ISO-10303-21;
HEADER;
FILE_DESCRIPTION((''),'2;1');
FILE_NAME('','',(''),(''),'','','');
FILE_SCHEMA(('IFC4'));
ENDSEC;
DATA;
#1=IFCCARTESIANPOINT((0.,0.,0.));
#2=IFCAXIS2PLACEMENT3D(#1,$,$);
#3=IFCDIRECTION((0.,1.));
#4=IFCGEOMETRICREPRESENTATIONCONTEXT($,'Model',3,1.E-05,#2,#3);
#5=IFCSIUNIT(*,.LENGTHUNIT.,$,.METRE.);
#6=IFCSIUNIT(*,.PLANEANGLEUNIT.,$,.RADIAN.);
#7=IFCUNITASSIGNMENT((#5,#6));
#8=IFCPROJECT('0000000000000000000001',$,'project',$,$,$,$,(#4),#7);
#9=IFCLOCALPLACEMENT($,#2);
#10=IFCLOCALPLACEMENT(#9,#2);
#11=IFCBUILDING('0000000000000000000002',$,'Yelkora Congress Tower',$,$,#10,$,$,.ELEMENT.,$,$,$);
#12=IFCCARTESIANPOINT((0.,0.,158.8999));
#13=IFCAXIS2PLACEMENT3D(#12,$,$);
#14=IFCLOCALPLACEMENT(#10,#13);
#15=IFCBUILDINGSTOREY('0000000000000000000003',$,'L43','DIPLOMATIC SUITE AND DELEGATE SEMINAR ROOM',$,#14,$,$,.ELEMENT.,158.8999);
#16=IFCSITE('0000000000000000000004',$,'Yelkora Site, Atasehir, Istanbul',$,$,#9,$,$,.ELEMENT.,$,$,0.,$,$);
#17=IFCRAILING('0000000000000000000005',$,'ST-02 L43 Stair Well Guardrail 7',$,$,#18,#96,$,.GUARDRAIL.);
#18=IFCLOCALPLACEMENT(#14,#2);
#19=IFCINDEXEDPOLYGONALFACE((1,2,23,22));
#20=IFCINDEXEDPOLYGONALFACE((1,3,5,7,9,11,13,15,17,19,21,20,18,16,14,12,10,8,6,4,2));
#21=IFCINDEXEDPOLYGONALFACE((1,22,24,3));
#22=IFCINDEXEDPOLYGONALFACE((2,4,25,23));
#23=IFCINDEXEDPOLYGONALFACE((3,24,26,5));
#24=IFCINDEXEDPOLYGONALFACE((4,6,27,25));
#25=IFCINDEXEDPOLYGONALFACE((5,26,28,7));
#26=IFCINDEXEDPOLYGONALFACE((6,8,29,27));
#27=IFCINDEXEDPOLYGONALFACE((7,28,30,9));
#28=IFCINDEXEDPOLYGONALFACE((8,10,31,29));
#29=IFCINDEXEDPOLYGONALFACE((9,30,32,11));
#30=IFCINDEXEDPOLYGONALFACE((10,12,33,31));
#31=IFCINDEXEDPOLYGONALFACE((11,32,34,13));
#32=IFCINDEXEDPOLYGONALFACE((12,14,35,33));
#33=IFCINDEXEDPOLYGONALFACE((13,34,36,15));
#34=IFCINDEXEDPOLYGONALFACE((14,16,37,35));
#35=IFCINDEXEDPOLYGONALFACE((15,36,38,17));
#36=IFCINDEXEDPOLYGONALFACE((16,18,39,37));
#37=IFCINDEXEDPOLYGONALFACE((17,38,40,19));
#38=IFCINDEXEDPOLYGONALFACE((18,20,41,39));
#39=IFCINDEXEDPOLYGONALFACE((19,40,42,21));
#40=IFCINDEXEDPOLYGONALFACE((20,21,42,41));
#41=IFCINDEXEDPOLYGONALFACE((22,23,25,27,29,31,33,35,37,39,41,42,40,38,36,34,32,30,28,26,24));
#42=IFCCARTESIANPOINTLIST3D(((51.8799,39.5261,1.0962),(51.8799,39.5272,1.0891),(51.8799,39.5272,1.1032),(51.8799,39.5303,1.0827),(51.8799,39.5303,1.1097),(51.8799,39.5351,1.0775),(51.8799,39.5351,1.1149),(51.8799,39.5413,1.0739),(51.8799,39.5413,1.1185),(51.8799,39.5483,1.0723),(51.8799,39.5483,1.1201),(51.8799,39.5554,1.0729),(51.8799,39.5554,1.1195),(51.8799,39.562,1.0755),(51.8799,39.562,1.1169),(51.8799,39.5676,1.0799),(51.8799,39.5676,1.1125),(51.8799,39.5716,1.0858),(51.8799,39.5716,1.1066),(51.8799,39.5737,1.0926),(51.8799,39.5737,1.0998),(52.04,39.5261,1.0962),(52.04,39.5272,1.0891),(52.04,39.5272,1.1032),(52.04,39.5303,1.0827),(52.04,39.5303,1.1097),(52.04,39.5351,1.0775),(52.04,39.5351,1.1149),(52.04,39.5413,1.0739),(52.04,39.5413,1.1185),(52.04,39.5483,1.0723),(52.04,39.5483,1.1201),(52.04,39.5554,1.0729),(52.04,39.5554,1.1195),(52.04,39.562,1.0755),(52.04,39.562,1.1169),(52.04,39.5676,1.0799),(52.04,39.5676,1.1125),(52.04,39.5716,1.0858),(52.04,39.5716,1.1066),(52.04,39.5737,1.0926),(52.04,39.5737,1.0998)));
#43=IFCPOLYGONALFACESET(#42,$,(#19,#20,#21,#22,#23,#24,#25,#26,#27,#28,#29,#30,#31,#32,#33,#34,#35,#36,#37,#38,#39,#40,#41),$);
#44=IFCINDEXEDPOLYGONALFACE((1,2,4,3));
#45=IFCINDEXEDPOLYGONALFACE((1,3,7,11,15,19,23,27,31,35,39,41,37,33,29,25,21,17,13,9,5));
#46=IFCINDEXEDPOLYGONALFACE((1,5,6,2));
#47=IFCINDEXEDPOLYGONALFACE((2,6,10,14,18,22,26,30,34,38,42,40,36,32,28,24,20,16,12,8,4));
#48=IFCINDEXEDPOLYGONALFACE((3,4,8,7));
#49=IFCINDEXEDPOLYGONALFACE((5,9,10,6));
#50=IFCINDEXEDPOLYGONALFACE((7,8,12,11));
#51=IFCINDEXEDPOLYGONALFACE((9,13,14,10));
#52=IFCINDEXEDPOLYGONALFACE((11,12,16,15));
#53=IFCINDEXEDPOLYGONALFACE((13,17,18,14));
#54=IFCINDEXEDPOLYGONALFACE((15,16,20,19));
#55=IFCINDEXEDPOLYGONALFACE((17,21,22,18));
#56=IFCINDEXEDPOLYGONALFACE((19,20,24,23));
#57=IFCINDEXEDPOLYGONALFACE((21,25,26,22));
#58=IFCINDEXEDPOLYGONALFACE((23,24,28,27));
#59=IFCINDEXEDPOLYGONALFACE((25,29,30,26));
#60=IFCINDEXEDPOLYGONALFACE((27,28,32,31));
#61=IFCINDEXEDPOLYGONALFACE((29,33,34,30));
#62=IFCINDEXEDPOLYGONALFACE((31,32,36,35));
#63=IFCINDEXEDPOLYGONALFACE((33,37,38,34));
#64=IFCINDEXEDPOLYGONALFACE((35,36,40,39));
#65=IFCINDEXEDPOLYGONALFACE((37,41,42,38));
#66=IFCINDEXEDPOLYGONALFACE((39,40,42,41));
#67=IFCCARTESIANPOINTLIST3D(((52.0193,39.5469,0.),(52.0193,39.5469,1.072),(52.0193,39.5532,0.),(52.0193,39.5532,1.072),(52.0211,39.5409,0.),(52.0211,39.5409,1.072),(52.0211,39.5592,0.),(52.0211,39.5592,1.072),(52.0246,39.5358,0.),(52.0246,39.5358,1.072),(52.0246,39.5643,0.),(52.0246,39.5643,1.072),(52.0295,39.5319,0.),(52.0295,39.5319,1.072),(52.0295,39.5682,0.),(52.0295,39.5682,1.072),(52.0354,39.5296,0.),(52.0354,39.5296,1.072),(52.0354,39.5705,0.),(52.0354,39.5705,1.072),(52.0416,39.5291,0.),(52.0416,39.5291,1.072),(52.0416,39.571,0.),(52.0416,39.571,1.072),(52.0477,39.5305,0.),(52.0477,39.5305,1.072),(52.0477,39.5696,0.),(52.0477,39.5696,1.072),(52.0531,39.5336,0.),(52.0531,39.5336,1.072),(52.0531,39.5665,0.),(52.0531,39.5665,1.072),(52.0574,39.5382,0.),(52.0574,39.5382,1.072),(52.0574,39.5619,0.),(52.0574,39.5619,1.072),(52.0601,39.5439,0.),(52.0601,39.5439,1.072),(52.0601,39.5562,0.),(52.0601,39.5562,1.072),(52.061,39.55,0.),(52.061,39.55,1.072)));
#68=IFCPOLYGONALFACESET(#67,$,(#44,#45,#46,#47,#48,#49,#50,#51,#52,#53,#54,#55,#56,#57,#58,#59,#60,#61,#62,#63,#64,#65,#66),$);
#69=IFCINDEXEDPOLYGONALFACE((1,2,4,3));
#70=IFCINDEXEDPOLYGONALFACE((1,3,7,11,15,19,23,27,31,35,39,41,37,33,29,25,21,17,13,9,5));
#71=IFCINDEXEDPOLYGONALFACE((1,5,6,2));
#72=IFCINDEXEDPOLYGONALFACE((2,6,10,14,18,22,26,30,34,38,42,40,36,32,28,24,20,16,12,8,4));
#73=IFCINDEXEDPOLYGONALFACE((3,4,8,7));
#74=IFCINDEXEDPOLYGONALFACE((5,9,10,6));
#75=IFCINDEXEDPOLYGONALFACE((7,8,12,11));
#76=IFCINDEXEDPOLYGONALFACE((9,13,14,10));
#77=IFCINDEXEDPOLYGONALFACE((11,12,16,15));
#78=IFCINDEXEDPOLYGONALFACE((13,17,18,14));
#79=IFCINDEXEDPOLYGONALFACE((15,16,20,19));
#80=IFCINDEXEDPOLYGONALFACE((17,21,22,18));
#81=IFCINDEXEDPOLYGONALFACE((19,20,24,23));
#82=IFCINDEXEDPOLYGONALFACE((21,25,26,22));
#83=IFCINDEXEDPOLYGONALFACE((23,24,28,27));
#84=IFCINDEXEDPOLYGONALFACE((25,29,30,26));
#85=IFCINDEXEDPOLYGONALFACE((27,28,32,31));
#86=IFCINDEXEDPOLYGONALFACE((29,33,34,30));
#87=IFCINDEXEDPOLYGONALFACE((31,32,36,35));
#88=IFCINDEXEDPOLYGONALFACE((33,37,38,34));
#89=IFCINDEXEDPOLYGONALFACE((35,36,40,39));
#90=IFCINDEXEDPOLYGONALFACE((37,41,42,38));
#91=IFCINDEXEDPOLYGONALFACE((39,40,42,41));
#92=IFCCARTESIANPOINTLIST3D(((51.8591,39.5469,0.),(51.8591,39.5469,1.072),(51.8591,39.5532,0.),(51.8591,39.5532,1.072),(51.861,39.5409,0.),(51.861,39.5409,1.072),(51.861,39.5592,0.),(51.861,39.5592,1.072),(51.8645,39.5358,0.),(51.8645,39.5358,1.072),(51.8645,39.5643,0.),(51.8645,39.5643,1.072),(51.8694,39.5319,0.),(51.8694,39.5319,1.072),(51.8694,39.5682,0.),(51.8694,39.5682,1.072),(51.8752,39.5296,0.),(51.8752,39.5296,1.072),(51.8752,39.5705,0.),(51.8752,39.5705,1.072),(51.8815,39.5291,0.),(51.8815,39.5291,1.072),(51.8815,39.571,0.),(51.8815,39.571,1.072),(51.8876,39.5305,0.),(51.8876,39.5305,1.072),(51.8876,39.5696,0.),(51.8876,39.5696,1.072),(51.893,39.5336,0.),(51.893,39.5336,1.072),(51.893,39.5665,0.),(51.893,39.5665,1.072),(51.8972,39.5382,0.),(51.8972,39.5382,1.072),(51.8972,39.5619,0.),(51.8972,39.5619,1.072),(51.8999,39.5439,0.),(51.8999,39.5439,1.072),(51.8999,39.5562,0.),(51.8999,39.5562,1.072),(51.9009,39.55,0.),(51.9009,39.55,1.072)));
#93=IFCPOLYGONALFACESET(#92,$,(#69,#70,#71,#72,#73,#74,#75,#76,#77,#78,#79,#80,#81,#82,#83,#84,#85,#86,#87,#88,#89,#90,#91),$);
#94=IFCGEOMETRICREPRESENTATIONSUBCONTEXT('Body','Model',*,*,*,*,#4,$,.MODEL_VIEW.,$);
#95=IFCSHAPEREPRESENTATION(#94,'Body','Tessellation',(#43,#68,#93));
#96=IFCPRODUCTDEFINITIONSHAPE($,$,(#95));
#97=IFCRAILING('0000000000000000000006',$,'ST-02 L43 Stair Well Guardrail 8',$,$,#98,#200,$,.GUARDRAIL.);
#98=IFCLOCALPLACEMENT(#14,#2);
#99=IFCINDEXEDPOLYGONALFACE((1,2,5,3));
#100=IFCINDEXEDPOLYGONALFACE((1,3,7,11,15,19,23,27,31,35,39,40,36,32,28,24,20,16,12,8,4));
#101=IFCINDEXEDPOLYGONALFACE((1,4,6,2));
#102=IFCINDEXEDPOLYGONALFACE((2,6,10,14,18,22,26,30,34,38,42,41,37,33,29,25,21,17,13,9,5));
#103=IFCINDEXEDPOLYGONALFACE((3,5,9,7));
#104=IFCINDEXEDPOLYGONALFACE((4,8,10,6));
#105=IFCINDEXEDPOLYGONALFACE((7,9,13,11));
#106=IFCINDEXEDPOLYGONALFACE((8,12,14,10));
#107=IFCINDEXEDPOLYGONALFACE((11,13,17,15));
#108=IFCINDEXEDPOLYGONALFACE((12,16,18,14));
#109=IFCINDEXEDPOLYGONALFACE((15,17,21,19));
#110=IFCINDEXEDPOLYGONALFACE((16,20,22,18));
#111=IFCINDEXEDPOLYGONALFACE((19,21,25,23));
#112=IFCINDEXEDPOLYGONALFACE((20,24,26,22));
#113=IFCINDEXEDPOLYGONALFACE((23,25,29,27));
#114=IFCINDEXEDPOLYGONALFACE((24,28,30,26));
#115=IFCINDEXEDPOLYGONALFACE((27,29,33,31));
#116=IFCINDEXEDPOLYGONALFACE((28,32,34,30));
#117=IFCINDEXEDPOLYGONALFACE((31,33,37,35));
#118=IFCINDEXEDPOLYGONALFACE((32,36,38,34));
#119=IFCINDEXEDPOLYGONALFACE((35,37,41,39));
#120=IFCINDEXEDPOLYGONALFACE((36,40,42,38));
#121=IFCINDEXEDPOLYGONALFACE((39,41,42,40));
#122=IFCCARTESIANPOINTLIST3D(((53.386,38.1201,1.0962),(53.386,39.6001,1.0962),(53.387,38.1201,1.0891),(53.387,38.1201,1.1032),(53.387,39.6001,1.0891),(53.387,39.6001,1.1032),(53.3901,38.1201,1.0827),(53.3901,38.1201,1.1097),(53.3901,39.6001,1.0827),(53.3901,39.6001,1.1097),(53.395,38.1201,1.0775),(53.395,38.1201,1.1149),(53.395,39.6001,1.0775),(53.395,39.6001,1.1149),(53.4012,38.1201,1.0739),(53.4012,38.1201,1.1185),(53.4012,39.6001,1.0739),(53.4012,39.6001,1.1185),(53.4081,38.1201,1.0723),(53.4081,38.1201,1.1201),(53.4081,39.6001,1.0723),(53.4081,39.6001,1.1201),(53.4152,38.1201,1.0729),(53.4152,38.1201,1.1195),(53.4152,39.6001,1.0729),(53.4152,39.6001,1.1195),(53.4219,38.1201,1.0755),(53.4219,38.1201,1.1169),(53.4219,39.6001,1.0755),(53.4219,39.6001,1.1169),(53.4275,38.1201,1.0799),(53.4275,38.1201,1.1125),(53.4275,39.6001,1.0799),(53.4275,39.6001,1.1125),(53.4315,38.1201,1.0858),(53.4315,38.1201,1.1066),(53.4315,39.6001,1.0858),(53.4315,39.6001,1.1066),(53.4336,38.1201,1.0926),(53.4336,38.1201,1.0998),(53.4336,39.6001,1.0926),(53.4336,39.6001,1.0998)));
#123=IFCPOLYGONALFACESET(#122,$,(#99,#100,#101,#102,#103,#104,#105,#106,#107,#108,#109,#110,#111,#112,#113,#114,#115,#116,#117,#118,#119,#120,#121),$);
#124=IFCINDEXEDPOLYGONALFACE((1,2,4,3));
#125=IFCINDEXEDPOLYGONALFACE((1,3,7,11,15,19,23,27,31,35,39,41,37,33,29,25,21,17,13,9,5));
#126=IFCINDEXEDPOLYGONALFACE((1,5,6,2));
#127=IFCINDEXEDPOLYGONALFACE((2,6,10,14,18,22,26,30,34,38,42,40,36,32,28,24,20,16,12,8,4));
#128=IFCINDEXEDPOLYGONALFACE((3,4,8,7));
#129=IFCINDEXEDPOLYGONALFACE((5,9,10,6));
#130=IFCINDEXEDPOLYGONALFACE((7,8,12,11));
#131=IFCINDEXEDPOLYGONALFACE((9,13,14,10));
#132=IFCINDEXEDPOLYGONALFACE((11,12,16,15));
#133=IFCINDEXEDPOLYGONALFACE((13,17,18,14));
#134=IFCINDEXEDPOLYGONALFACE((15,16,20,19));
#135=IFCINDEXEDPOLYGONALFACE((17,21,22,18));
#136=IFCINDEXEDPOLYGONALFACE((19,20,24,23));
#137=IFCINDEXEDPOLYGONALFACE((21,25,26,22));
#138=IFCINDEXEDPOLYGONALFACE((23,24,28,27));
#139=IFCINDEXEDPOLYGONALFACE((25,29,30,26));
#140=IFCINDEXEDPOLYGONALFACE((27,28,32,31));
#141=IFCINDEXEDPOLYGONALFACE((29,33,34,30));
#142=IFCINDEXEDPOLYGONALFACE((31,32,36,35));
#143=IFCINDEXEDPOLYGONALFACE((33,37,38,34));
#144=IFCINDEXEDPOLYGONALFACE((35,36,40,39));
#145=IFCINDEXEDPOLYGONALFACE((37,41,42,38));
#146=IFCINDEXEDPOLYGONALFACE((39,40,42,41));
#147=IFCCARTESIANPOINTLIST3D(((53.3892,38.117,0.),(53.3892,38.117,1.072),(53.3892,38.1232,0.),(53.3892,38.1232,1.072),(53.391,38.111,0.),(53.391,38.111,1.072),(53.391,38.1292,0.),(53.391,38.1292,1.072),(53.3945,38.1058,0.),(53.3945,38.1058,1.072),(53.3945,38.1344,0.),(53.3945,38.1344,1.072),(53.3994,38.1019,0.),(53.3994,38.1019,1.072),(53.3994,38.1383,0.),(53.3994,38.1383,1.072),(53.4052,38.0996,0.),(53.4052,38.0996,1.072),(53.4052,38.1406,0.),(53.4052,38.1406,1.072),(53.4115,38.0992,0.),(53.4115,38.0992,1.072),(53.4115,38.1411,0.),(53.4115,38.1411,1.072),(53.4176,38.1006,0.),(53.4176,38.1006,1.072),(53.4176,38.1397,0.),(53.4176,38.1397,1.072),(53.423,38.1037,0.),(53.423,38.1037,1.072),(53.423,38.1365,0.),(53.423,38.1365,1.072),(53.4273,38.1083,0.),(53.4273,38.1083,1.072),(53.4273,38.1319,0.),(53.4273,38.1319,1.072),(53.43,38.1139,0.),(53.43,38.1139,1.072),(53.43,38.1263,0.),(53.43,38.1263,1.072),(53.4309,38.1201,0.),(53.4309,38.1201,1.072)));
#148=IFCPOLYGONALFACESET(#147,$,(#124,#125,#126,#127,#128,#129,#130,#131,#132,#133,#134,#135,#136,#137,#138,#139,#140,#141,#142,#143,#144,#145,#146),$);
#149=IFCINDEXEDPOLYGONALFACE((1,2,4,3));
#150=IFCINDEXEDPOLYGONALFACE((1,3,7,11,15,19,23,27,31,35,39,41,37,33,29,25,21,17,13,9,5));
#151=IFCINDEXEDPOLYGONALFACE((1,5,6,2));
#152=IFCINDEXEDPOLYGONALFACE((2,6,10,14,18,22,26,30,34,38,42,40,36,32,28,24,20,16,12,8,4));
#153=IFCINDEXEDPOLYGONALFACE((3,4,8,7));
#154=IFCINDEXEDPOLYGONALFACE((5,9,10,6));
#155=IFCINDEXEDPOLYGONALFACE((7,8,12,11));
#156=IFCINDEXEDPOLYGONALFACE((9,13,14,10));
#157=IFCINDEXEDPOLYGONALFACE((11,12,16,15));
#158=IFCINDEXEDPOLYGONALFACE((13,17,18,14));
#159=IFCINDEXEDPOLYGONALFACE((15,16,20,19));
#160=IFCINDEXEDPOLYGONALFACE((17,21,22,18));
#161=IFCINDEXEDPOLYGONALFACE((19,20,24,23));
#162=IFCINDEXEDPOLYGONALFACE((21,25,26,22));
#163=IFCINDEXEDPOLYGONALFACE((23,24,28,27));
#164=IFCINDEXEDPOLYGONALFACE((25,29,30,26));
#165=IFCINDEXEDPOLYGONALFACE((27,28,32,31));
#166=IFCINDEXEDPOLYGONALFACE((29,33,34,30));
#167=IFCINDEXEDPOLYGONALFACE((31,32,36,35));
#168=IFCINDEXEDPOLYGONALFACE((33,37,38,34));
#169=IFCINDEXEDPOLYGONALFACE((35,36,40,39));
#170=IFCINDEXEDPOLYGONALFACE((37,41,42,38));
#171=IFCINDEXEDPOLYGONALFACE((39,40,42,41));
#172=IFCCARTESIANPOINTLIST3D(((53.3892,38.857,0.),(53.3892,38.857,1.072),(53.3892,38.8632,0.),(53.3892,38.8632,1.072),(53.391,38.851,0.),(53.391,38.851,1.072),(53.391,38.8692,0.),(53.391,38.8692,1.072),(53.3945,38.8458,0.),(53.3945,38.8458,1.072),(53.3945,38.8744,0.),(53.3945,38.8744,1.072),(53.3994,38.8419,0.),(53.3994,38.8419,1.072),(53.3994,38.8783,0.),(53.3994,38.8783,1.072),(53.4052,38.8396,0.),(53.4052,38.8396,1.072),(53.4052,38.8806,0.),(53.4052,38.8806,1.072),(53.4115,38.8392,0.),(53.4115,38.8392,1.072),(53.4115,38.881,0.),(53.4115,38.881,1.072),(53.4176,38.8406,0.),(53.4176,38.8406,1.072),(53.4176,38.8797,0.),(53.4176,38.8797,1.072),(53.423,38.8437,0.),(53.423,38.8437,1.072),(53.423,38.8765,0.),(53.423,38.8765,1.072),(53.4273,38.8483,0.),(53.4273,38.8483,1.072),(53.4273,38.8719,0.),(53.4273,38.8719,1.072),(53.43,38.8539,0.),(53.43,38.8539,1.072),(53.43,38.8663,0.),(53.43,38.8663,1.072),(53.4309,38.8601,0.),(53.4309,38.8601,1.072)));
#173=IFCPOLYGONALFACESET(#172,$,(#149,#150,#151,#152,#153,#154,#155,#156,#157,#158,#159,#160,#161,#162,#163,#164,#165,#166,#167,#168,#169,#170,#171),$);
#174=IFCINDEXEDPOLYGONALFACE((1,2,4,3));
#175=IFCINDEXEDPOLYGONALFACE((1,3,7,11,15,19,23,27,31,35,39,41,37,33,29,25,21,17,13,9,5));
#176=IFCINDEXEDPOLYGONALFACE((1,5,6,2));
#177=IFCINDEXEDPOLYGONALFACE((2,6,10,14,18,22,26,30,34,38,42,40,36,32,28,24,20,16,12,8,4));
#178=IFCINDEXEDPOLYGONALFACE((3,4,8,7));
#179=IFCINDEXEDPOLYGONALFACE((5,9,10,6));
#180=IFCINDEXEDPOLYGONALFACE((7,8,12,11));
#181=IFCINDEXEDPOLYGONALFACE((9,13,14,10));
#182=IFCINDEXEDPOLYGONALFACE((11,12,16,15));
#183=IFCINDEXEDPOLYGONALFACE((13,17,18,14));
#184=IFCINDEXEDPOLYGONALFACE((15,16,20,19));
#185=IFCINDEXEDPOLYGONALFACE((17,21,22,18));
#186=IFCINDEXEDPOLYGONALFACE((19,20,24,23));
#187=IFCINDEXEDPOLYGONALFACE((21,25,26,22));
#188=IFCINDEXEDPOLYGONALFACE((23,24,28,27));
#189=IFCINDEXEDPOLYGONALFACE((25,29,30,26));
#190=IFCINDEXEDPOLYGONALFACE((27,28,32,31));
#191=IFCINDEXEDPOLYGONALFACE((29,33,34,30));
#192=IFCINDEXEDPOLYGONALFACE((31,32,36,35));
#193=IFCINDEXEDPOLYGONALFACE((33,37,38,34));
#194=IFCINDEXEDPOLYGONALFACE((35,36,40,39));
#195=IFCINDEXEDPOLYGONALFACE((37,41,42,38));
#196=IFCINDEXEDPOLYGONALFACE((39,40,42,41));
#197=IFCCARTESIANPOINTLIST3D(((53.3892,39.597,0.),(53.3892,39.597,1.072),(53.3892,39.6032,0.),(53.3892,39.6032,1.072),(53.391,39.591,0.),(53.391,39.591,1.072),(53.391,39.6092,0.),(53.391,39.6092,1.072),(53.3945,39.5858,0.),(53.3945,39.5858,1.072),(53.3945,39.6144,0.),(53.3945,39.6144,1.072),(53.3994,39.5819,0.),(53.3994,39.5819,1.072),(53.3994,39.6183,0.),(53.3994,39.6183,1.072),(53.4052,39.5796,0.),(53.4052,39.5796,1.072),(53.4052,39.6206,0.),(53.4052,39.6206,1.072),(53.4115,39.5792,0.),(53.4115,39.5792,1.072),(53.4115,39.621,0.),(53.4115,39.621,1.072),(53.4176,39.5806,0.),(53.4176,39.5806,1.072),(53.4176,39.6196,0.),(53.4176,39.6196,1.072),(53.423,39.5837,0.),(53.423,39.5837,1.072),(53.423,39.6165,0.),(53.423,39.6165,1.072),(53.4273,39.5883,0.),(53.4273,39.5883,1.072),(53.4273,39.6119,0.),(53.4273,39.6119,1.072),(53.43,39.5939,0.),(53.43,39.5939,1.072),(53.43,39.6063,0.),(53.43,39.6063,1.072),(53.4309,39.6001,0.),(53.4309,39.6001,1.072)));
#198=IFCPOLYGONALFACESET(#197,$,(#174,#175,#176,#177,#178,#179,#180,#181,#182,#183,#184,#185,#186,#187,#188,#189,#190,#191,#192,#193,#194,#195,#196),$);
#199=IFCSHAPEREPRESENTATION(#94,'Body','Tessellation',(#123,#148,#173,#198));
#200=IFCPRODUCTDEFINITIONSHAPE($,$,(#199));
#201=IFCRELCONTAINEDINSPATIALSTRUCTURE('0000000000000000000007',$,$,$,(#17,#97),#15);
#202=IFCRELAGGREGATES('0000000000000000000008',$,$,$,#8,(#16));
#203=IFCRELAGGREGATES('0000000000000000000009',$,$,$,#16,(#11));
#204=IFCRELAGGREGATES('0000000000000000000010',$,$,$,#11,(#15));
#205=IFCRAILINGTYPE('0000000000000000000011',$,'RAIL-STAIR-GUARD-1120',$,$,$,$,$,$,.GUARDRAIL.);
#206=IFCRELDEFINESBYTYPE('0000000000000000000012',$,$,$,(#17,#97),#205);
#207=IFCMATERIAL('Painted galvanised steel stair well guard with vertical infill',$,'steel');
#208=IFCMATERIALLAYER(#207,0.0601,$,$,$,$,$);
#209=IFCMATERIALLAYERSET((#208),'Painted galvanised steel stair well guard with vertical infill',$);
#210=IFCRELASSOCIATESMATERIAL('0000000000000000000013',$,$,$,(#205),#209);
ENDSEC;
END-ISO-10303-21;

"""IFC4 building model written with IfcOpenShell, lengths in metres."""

from ifc_helpers import new_model, si_unit, direction, frame, origin, origin_2d, place, context, subcontext, project, spatial, circle, extrude, material, layer, layer_set, type_object, element, save


model = new_model("IFC4")

# Units and contexts
model_context = context("Model", 3, precision=1e-05, world=origin(), true_north=direction((0.0, 1.0)))
body_context = subcontext(model_context, "Body", "Model", "MODEL_VIEW")
ifc_project = project(units=[si_unit("LENGTHUNIT", "METRE"), si_unit("PLANEANGLEUNIT", "RADIAN")], contexts=[model_context])

# Site, building, storey
site_placement = place(None, origin())
site = spatial("IfcSite", under=ifc_project, at=site_placement, Name="Yelkora Site, Atasehir, Istanbul", CompositionType="ELEMENT", RefElevation=0.0)
building_placement = place(site_placement, origin())
building = spatial("IfcBuilding", under=site, at=building_placement, Name="Yelkora Congress Tower", CompositionType="ELEMENT")
storey_placement = place(building_placement, frame((0.0, 0.0, 158.8999)))
storey = spatial("IfcBuildingStorey", under=building, at=storey_placement, Name="L43", Description="DIPLOMATIC SUITE AND DELEGATE SEMINAR ROOM", CompositionType="ELEMENT", Elevation=158.8999)

# Railings
ifc_material_1 = material(Name="Painted galvanised steel stair well guard with vertical infill", Category="steel")
ifc_layer_1 = layer(ifc_material_1, 0.0601)
ifc_layer_set_1 = layer_set([ifc_layer_1], Name="Painted galvanised steel stair well guard with vertical infill")
railing_type_1 = type_object("IfcRailingType", Name="RAIL-STAIR-GUARD-1120", PredefinedType="GUARDRAIL", material=ifc_layer_set_1)
railing_1_placement = place(storey_placement, frame((52.04, 39.55, 0.0)))
element("IfcRailing", 1, at=railing_1_placement, inside=storey, type_object=railing_type_1, Name="ST-02 L43 Stair Well Guardrail 7", PredefinedType="GUARDRAIL", context=body_context, shape_type="SweptSolid", body=[
    extrude(circle(Radius=0.0239, at=origin_2d()), frame((0.0, 0.0, 1.0962), z_axis=(-1.0, 0.0, 0.0), x_axis=(0.0, -1.0, 0.0)), (0.0, 0.0, 1.0), 0.1602),
    extrude(circle(Radius=0.021, at=origin_2d()), origin(), (0.0, 0.0, 1.0), 1.072),
    extrude(circle(Radius=0.021, at=origin_2d()), frame((-0.1602, 0.0, 0.0)), (0.0, 0.0, 1.0), 1.072),
])
railing_2_placement = place(storey_placement, frame((53.4099, 38.1201, 0.0)))
element("IfcRailing", 2, at=railing_2_placement, inside=storey, type_object=railing_type_1, Name="ST-02 L43 Stair Well Guardrail 8", PredefinedType="GUARDRAIL", context=body_context, shape_type="SweptSolid", body=[
    extrude(circle(Radius=0.0239, at=origin_2d()), frame((0.0, 0.0, 1.0962), z_axis=(0.0, 1.0, 0.0), x_axis=(-1.0, 0.0, 0.0)), (0.0, 0.0, 1.0), 1.48),
    extrude(circle(Radius=0.021, at=origin_2d()), origin(), (0.0, 0.0, 1.0), 1.072),
    extrude(circle(Radius=0.021, at=origin_2d()), frame((0.0, 0.74, 0.0)), (0.0, 0.0, 1.0), 1.072),
    extrude(circle(Radius=0.021, at=origin_2d()), frame((0.0, 1.48, 0.0)), (0.0, 0.0, 1.0), 1.072),
])

save(model, "model.ifc")
